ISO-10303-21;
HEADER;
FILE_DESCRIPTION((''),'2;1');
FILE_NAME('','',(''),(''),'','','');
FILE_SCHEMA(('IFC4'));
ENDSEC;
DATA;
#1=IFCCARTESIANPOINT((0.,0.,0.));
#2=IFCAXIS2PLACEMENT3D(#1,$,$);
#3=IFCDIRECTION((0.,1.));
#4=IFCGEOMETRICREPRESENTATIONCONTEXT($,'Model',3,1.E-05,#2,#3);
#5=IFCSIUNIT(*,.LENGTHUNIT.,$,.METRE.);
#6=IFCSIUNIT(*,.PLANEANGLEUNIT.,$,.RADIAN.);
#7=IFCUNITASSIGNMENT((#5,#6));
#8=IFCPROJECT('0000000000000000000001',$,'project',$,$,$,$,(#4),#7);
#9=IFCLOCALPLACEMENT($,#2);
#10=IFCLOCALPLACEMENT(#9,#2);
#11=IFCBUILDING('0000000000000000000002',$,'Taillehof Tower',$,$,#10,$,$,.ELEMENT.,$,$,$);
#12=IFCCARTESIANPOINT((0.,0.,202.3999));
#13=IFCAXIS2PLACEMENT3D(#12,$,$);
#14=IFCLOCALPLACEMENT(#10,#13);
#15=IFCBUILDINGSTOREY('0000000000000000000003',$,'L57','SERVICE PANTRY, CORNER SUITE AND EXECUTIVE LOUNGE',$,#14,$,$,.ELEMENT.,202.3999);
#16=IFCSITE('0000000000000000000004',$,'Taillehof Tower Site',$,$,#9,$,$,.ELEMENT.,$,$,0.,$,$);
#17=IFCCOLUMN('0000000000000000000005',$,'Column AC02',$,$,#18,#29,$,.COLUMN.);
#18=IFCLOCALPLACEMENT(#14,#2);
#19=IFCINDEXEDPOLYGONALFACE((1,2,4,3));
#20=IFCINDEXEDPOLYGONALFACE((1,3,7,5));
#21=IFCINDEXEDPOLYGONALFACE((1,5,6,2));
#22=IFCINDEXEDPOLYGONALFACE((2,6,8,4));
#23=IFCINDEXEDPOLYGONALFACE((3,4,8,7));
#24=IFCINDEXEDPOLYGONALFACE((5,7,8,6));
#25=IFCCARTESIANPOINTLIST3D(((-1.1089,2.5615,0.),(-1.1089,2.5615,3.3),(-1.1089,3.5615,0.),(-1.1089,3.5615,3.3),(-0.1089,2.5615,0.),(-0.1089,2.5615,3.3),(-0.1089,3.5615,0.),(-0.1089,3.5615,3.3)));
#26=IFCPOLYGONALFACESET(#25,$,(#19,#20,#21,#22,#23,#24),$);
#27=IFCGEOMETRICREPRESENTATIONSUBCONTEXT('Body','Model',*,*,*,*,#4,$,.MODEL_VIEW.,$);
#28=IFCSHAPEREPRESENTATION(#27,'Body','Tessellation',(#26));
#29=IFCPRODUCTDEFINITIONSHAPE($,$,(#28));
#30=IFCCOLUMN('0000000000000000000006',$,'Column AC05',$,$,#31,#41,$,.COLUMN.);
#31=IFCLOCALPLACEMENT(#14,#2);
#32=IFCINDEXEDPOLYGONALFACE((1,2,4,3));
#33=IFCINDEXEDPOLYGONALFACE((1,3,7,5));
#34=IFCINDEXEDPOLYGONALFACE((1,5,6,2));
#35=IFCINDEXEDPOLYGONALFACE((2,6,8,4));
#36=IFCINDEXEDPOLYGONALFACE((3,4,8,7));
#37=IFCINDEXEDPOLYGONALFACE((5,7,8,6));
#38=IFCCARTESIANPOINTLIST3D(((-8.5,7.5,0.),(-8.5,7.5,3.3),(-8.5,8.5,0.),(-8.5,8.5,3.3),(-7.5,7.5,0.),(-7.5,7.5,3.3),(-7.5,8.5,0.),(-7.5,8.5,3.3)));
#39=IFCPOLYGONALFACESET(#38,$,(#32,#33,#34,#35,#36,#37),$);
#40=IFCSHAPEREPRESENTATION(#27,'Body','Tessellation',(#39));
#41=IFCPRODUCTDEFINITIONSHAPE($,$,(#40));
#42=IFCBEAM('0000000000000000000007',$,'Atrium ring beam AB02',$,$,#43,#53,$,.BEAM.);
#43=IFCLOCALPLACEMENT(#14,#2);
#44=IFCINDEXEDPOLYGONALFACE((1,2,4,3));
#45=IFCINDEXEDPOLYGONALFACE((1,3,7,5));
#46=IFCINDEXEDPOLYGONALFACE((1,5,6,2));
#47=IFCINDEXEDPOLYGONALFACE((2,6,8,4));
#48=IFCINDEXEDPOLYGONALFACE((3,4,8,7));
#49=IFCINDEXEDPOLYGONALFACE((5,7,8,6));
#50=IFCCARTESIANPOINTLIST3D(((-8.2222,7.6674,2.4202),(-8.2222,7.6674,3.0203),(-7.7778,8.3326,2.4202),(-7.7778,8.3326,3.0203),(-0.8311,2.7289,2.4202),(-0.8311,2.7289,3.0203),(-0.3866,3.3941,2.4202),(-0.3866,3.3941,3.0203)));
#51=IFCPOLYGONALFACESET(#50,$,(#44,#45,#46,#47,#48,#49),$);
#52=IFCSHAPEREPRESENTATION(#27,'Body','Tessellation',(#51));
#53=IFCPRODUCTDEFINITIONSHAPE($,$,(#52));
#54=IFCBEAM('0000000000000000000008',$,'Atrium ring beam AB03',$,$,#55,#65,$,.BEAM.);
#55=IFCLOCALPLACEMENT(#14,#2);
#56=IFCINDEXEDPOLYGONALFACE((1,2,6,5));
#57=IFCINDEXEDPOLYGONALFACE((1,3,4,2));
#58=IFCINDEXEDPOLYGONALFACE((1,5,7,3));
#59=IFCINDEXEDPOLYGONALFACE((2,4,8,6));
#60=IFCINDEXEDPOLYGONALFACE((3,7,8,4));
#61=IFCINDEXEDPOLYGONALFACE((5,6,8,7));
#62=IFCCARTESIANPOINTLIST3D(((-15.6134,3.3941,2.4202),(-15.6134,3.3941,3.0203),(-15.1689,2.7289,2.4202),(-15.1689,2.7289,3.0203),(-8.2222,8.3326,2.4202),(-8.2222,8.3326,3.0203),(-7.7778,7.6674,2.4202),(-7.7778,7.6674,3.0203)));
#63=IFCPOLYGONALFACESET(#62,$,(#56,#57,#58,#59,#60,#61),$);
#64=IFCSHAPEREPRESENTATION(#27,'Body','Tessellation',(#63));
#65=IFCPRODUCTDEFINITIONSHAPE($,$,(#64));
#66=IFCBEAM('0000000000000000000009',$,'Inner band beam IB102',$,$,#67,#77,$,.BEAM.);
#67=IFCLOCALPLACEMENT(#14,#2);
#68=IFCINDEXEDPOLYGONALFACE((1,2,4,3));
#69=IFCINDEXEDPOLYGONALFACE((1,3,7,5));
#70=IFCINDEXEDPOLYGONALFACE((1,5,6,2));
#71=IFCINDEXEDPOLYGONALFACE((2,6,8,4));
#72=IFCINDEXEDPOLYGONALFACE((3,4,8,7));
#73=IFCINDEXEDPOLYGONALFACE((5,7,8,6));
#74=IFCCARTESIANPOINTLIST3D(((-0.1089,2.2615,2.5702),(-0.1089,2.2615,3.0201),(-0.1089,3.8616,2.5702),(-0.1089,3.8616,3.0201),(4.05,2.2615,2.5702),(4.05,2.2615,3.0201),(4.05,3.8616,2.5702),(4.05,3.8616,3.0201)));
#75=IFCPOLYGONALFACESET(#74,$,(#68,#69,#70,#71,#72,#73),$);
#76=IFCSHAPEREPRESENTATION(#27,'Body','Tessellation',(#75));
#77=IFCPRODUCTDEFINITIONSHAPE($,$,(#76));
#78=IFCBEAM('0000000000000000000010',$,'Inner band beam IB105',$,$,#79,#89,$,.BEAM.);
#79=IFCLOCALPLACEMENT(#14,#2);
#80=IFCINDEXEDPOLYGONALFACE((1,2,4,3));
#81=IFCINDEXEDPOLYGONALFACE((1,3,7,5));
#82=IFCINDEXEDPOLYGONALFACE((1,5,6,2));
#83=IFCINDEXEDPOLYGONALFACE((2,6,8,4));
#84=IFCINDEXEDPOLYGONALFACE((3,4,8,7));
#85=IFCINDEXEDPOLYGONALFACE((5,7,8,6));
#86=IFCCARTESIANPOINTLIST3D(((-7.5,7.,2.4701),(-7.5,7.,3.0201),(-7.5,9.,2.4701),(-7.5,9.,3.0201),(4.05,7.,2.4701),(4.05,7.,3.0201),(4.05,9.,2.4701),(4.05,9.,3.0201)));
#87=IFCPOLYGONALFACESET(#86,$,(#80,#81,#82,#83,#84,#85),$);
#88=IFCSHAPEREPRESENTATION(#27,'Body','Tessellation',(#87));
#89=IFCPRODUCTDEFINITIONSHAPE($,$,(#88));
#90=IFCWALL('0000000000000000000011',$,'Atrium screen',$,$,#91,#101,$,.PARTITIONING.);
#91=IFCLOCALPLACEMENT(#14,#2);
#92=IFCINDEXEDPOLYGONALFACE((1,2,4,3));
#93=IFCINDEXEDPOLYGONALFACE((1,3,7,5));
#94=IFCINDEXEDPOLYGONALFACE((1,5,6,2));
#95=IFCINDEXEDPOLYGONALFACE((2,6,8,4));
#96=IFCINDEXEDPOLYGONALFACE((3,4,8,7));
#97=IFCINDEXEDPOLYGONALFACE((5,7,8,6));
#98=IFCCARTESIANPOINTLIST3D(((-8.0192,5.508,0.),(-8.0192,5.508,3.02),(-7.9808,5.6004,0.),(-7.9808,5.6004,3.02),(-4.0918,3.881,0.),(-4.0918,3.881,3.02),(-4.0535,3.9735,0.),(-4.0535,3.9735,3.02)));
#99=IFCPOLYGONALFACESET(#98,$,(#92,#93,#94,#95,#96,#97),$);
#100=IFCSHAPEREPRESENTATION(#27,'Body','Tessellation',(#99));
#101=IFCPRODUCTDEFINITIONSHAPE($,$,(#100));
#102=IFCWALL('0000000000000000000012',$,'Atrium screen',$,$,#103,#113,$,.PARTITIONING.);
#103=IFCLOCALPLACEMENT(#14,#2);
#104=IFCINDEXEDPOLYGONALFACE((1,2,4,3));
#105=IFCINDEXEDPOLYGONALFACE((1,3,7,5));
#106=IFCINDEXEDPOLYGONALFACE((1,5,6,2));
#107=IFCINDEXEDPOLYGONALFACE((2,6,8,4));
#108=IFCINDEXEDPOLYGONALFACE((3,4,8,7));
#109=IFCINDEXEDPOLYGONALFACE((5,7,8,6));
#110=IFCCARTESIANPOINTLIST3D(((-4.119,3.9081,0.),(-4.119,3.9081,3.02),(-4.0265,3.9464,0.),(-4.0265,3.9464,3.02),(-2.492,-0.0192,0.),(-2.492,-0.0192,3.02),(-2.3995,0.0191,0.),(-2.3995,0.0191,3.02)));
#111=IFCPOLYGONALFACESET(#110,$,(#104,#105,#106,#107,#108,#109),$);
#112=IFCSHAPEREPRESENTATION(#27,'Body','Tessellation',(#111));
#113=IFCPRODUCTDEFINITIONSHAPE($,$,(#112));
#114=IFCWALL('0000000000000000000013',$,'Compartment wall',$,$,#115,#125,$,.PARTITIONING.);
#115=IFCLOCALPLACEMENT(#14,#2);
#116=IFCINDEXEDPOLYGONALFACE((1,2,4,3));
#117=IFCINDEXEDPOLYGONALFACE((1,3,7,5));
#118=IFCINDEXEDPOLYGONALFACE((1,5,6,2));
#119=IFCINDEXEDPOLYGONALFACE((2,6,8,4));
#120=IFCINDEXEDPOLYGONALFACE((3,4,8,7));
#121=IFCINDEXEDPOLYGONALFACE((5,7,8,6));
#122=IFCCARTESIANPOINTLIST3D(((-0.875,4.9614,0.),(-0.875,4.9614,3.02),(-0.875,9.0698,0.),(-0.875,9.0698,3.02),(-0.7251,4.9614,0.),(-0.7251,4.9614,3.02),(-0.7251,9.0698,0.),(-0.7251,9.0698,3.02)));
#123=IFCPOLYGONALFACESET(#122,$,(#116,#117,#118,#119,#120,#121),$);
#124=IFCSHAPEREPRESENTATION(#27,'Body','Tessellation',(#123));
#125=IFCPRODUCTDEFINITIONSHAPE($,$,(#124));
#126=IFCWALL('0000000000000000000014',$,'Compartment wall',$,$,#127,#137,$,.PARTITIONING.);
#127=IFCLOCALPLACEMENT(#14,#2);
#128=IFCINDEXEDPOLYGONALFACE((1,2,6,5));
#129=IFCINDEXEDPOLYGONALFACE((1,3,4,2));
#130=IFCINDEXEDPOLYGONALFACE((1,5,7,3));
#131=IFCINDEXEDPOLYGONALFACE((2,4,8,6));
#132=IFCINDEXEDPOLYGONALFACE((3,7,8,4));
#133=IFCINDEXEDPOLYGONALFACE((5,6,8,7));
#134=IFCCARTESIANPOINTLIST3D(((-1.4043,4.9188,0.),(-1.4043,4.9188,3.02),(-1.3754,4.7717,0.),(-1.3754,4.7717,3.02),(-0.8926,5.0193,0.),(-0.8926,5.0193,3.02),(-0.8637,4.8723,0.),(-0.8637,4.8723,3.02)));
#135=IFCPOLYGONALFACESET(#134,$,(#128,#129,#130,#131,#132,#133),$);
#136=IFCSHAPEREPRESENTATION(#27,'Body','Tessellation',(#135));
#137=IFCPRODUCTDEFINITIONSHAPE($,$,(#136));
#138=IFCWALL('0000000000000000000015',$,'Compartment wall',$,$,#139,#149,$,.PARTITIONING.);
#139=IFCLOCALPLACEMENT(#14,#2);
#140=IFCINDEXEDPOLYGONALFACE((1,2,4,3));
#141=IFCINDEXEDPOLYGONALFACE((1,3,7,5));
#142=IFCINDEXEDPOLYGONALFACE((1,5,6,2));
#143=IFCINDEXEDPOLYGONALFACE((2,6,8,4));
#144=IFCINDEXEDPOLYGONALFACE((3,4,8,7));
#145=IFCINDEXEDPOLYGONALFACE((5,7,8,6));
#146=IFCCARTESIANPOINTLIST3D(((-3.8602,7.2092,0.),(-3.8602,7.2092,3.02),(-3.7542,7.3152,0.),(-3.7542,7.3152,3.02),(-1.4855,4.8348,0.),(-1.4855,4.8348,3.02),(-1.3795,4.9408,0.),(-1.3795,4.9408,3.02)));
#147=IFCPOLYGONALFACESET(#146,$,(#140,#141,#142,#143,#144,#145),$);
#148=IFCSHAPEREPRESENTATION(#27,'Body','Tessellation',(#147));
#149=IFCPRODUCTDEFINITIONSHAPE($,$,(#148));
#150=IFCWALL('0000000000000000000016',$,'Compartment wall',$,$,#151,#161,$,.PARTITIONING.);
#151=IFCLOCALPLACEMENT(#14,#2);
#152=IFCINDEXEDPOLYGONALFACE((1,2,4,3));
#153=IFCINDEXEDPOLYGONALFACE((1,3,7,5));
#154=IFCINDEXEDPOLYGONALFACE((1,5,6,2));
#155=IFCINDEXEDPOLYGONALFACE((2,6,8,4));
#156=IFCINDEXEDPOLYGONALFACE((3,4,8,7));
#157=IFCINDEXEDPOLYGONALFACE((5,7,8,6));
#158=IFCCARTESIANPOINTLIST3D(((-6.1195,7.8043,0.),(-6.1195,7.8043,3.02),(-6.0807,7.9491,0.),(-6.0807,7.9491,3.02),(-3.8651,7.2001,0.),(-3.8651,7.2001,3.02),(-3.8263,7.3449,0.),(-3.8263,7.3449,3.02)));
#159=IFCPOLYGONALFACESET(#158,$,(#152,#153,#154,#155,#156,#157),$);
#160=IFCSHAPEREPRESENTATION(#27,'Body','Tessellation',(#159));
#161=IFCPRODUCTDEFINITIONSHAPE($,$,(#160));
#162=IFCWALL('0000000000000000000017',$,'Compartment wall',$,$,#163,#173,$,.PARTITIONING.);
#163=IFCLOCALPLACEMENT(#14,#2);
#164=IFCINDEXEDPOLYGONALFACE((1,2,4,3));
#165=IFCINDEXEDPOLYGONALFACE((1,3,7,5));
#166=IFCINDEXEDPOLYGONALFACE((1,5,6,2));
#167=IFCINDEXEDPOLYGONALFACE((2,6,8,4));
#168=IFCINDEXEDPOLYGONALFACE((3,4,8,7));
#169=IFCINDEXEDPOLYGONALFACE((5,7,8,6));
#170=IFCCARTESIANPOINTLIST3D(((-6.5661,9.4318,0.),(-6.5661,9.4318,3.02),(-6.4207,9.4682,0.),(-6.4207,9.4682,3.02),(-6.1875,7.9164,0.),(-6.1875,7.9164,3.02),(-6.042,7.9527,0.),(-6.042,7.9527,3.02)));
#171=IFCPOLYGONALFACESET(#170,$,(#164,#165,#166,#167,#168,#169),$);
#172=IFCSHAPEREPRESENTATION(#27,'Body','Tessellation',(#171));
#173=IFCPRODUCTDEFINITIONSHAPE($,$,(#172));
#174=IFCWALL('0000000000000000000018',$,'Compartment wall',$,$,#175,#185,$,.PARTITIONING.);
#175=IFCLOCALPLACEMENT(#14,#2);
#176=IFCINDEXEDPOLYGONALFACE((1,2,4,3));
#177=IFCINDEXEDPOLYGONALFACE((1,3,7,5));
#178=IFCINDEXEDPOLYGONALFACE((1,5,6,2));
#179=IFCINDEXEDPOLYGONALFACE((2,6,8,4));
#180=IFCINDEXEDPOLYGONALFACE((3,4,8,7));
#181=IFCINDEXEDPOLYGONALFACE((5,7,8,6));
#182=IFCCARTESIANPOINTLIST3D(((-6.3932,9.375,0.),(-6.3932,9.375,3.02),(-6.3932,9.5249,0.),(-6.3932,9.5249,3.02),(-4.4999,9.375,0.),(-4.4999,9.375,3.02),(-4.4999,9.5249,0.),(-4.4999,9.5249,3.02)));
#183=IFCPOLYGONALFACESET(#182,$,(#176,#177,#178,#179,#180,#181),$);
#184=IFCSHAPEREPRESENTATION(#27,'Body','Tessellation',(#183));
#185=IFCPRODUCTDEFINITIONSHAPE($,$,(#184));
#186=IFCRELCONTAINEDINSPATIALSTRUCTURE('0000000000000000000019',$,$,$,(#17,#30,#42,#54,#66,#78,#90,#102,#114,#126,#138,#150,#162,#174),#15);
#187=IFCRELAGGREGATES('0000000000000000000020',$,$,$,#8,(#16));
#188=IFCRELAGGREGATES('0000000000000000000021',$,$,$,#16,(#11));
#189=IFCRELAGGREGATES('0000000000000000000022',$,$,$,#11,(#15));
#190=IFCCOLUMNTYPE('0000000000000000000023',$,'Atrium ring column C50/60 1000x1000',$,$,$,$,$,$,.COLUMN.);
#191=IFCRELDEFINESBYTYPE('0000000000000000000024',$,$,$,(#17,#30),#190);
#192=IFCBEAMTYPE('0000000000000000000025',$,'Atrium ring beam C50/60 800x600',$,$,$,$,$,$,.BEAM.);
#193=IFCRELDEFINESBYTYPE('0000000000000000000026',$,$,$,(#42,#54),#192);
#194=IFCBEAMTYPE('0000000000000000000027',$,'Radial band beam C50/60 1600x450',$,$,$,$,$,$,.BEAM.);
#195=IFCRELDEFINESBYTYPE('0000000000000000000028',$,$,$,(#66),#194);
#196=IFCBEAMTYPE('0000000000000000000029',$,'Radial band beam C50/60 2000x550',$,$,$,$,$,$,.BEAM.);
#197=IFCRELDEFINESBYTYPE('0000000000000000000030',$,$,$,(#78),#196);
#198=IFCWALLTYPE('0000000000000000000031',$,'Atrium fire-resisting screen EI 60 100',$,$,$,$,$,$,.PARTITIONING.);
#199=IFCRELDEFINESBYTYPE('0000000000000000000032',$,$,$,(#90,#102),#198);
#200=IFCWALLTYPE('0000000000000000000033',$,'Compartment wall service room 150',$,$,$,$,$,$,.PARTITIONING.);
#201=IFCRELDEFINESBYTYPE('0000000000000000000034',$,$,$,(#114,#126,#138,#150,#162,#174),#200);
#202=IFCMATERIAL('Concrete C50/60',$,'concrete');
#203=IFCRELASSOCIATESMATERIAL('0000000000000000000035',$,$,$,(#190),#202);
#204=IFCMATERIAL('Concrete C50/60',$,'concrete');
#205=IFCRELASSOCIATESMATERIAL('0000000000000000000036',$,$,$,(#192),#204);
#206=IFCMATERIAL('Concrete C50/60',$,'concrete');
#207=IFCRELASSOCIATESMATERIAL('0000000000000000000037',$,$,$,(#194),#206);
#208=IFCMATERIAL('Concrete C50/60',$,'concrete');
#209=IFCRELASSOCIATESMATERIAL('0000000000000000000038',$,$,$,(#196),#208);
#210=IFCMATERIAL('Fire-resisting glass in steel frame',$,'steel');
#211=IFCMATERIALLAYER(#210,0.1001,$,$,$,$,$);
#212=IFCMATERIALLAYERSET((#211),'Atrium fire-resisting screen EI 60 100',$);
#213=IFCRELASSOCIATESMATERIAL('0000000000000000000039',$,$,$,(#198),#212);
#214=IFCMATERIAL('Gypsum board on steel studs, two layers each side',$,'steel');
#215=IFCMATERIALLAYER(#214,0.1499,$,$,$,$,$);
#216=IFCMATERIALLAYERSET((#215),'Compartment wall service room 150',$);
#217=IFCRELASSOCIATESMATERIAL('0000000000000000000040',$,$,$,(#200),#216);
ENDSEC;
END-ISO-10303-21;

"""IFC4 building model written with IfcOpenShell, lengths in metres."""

from ifc_helpers import new_model, si_unit, direction, frame, frame_2d, origin, origin_2d, place, context, subcontext, project, spatial, rectangle, extrude, material, layer, layer_set, material_profile, profile_set, type_object, element, save


model = new_model("IFC4")

# Units and contexts
model_context = context("Model", 3, precision=1e-05, world=origin(), true_north=direction((0.0, 1.0)))
body_context = subcontext(model_context, "Body", "Model", "MODEL_VIEW")
ifc_project = project(units=[si_unit("LENGTHUNIT", "METRE"), si_unit("PLANEANGLEUNIT", "RADIAN")], contexts=[model_context])

# Site, building, storey
site_placement = place(None, origin())
site = spatial("IfcSite", under=ifc_project, at=site_placement, Name="Taillehof Tower Site", CompositionType="ELEMENT", RefElevation=0.0)
building_placement = place(site_placement, origin())
building = spatial("IfcBuilding", under=site, at=building_placement, Name="Taillehof Tower", CompositionType="ELEMENT")
storey_placement = place(building_placement, frame((0.0, 0.0, 202.3999)))
storey = spatial("IfcBuildingStorey", under=building, at=storey_placement, Name="L57", Description="SERVICE PANTRY, CORNER SUITE AND EXECUTIVE LOUNGE", CompositionType="ELEMENT", Elevation=202.3999)

# Columns
ifc_material_1 = material(Name="Concrete C50/60", Category="concrete")
ifc_material_profile_1 = material_profile(ifc_material_1, rectangle(XDim=1.0, YDim=1.0, at=origin_2d()), Name="RC 1000x1000")
ifc_profile_set_1 = profile_set([ifc_material_profile_1], Name="Concrete C50/60")
column_type = type_object("IfcColumnType", Name="Atrium ring column C50/60 1000x1000", PredefinedType="COLUMN", material=ifc_profile_set_1)
for number, where, z_axis, x_axis, name in (
    (1, (-0.6089, 3.0615, 0.0), (0.0, 0.0, 1.0), (1.0, 0.0, 0.0), "Column AC02"),
    (2, (-8.0, 8.0, 0.0), (0.0, 0.0, 1.0), (1.0, 0.0, 0.0), "Column AC05"),
):
    element("IfcColumn", number, at=place(storey_placement, frame(where, z_axis=z_axis, x_axis=x_axis)), inside=storey, type_object=column_type, Name=name, PredefinedType="COLUMN", context=body_context, shape_type="SweptSolid", body=[
        extrude(rectangle(XDim=1.0, YDim=1.0, at=origin_2d()), origin(), (0.0, 0.0, 1.0), 3.3),
    ])

# Beams
ifc_material_2 = material(Name="Concrete C50/60", Category="concrete")
ifc_material_profile_2 = material_profile(ifc_material_2, rectangle(XDim=0.8, YDim=0.6001, at=origin_2d()), Name="RC 800x600")
ifc_profile_set_2 = profile_set([ifc_material_profile_2], Name="Concrete C50/60")
beam_type_1 = type_object("IfcBeamType", Name="Atrium ring beam C50/60 800x600", PredefinedType="BEAM", material=ifc_profile_set_2)
for number, where, z_axis, x_axis, name in (
    (3, (-0.6089, 3.0615, 2.7202), (-0.831475, 0.555562, 0.0), (-0.555562, -0.831475, 0.0), "Atrium ring beam AB02"),
    (4, (-8.0, 8.0, 2.7202), (-0.831475, -0.555562, 0.0), (0.555562, -0.831475, 0.0), "Atrium ring beam AB03"),
):
    element("IfcBeam", number, at=place(storey_placement, frame(where, z_axis=z_axis, x_axis=x_axis)), inside=storey, type_object=beam_type_1, Name=name, PredefinedType="BEAM", context=body_context, shape_type="SweptSolid", body=[
        extrude(rectangle(XDim=0.8, YDim=0.6001, at=origin_2d()), origin(), (0.0, 0.0, 1.0), 8.8892),
    ])
ifc_material_3 = material(Name="Concrete C50/60", Category="concrete")
ifc_material_profile_3 = material_profile(ifc_material_3, rectangle(XDim=1.6001, YDim=0.45, at=origin_2d()), Name="RC 1600x450")
ifc_profile_set_3 = profile_set([ifc_material_profile_3], Name="Concrete C50/60")
beam_type_2 = type_object("IfcBeamType", Name="Radial band beam C50/60 1600x450", PredefinedType="BEAM", material=ifc_profile_set_3)
beam_1_placement = place(storey_placement, frame((-0.1089, 3.0615, 2.7952), z_axis=(1.0, 0.0, 0.0), x_axis=(0.0, 1.0, 0.0)))
element("IfcBeam", 5, at=beam_1_placement, inside=storey, type_object=beam_type_2, Name="Inner band beam IB102", PredefinedType="BEAM", context=body_context, shape_type="SweptSolid", body=[
    extrude(rectangle(XDim=1.6001, YDim=0.45, at=origin_2d()), origin(), (0.0, 0.0, 1.0), 4.1589),
])
ifc_material_4 = material(Name="Concrete C50/60", Category="concrete")
ifc_material_profile_4 = material_profile(ifc_material_4, rectangle(XDim=2.0, YDim=0.55, at=origin_2d()), Name="RC 2000x550")
ifc_profile_set_4 = profile_set([ifc_material_profile_4], Name="Concrete C50/60")
beam_type_3 = type_object("IfcBeamType", Name="Radial band beam C50/60 2000x550", PredefinedType="BEAM", material=ifc_profile_set_4)
beam_2_placement = place(storey_placement, frame((-7.5, 8.0, 2.7451), z_axis=(1.0, 0.0, 0.0), x_axis=(0.0, 1.0, 0.0)))
element("IfcBeam", 6, at=beam_2_placement, inside=storey, type_object=beam_type_3, Name="Inner band beam IB105", PredefinedType="BEAM", context=body_context, shape_type="SweptSolid", body=[
    extrude(rectangle(XDim=2.0, YDim=0.55, at=origin_2d()), origin(), (0.0, 0.0, 1.0), 11.55),
])

# Walls
ifc_material_5 = material(Name="Fire-resisting glass in steel frame", Category="steel")
ifc_layer_1 = layer(ifc_material_5, 0.1001)
ifc_layer_set_1 = layer_set([ifc_layer_1], Name="Atrium fire-resisting screen EI 60 100")
wall_type_1 = type_object("IfcWallType", Name="Atrium fire-resisting screen EI 60 100", PredefinedType="PARTITIONING", material=ifc_layer_set_1)
for number, where, z_axis, x_axis, name in (
    (7, (-8.0, 5.5542, 0.0), (0.0, 0.0, 1.0), (0.92386, -0.382731, 0.0), "Atrium screen"),
    (8, (-4.0728, 3.9272, 0.0), (0.0, 0.0, 1.0), (0.382731, -0.92386, 0.0), "Atrium screen"),
):
    element("IfcWall", number, at=place(storey_placement, frame(where, z_axis=z_axis, x_axis=x_axis)), inside=storey, type_object=wall_type_1, Name=name, PredefinedType="PARTITIONING", context=body_context, shape_type="SweptSolid", body=[
        extrude(rectangle(XDim=4.251, YDim=0.1001, at=frame_2d((2.1255, 0.0))), origin(), (0.0, 0.0, 1.0), 3.02),
    ])
ifc_material_6 = material(Name="Gypsum board on steel studs, two layers each side", Category="steel")
ifc_layer_2 = layer(ifc_material_6, 0.1499)
ifc_layer_set_2 = layer_set([ifc_layer_2], Name="Compartment wall service room 150")
wall_type_2 = type_object("IfcWallType", Name="Compartment wall service room 150", PredefinedType="PARTITIONING", material=ifc_layer_set_2)
wall_1_placement = place(storey_placement, frame((-0.8, 9.0698, 0.0), z_axis=(0.0, 0.0, 1.0), x_axis=(0.0, -1.0, 0.0)))
element("IfcWall", 9, at=wall_1_placement, inside=storey, type_object=wall_type_2, Name="Compartment wall", PredefinedType="PARTITIONING", context=body_context, shape_type="SweptSolid", body=[
    extrude(rectangle(XDim=4.1084, YDim=0.1499, at=frame_2d((2.0542, 0.0))), origin(), (0.0, 0.0, 1.0), 3.02),
])
wall_2_placement = place(storey_placement, frame((-0.8782, 4.9458, 0.0), z_axis=(0.0, 0.0, 1.0), x_axis=(-0.981224, -0.192874, 0.0)))
element("IfcWall", 10, at=wall_2_placement, inside=storey, type_object=wall_type_2, Name="Compartment wall", PredefinedType="PARTITIONING", context=body_context, shape_type="SweptSolid", body=[
    extrude(rectangle(XDim=0.5215, YDim=0.1499, at=frame_2d((0.2607, 0.0))), origin(), (0.0, 0.0, 1.0), 3.02),
])
wall_3_placement = place(storey_placement, frame((-1.4324, 4.8877, 0.0), z_axis=(0.0, 0.0, 1.0), x_axis=(-0.707143, 0.70707, 0.0)))
element("IfcWall", 11, at=wall_3_placement, inside=storey, type_object=wall_type_2, Name="Compartment wall", PredefinedType="PARTITIONING", context=body_context, shape_type="SweptSolid", body=[
    extrude(rectangle(XDim=3.3582, YDim=0.1499, at=frame_2d((1.6792, 0.0))), origin(), (0.0, 0.0, 1.0), 3.02),
])
wall_4_placement = place(storey_placement, frame((-3.8457, 7.2725, 0.0), z_axis=(0.0, 0.0, 1.0), x_axis=(-0.965906, 0.258893, 0.0)))
element("IfcWall", 12, at=wall_4_placement, inside=storey, type_object=wall_type_2, Name="Compartment wall", PredefinedType="PARTITIONING", context=body_context, shape_type="SweptSolid", body=[
    extrude(rectangle(XDim=2.334, YDim=0.1499, at=frame_2d((1.167, 0.0))), origin(), (0.0, 0.0, 1.0), 3.02),
])
wall_5_placement = place(storey_placement, frame((-6.1147, 7.9346, 0.0), z_axis=(0.0, 0.0, 1.0), x_axis=(-0.242425, 0.97017, 0.0)))
element("IfcWall", 13, at=wall_5_placement, inside=storey, type_object=wall_type_2, Name="Compartment wall", PredefinedType="PARTITIONING", context=body_context, shape_type="SweptSolid", body=[
    extrude(rectangle(XDim=1.562, YDim=0.1499, at=frame_2d((0.781, 0.0))), origin(), (0.0, 0.0, 1.0), 3.02),
])
wall_6_placement = place(storey_placement, frame((-6.3933, 9.45, 0.0), z_axis=(0.0, 0.0, 1.0), x_axis=(1.0, 0.0, 0.0)))
element("IfcWall", 14, at=wall_6_placement, inside=storey, type_object=wall_type_2, Name="Compartment wall", PredefinedType="PARTITIONING", context=body_context, shape_type="SweptSolid", body=[
    extrude(rectangle(XDim=1.8933, YDim=0.1499, at=frame_2d((0.9468, 0.0))), origin(), (0.0, 0.0, 1.0), 3.02),
])

save(model, "model.ifc")
